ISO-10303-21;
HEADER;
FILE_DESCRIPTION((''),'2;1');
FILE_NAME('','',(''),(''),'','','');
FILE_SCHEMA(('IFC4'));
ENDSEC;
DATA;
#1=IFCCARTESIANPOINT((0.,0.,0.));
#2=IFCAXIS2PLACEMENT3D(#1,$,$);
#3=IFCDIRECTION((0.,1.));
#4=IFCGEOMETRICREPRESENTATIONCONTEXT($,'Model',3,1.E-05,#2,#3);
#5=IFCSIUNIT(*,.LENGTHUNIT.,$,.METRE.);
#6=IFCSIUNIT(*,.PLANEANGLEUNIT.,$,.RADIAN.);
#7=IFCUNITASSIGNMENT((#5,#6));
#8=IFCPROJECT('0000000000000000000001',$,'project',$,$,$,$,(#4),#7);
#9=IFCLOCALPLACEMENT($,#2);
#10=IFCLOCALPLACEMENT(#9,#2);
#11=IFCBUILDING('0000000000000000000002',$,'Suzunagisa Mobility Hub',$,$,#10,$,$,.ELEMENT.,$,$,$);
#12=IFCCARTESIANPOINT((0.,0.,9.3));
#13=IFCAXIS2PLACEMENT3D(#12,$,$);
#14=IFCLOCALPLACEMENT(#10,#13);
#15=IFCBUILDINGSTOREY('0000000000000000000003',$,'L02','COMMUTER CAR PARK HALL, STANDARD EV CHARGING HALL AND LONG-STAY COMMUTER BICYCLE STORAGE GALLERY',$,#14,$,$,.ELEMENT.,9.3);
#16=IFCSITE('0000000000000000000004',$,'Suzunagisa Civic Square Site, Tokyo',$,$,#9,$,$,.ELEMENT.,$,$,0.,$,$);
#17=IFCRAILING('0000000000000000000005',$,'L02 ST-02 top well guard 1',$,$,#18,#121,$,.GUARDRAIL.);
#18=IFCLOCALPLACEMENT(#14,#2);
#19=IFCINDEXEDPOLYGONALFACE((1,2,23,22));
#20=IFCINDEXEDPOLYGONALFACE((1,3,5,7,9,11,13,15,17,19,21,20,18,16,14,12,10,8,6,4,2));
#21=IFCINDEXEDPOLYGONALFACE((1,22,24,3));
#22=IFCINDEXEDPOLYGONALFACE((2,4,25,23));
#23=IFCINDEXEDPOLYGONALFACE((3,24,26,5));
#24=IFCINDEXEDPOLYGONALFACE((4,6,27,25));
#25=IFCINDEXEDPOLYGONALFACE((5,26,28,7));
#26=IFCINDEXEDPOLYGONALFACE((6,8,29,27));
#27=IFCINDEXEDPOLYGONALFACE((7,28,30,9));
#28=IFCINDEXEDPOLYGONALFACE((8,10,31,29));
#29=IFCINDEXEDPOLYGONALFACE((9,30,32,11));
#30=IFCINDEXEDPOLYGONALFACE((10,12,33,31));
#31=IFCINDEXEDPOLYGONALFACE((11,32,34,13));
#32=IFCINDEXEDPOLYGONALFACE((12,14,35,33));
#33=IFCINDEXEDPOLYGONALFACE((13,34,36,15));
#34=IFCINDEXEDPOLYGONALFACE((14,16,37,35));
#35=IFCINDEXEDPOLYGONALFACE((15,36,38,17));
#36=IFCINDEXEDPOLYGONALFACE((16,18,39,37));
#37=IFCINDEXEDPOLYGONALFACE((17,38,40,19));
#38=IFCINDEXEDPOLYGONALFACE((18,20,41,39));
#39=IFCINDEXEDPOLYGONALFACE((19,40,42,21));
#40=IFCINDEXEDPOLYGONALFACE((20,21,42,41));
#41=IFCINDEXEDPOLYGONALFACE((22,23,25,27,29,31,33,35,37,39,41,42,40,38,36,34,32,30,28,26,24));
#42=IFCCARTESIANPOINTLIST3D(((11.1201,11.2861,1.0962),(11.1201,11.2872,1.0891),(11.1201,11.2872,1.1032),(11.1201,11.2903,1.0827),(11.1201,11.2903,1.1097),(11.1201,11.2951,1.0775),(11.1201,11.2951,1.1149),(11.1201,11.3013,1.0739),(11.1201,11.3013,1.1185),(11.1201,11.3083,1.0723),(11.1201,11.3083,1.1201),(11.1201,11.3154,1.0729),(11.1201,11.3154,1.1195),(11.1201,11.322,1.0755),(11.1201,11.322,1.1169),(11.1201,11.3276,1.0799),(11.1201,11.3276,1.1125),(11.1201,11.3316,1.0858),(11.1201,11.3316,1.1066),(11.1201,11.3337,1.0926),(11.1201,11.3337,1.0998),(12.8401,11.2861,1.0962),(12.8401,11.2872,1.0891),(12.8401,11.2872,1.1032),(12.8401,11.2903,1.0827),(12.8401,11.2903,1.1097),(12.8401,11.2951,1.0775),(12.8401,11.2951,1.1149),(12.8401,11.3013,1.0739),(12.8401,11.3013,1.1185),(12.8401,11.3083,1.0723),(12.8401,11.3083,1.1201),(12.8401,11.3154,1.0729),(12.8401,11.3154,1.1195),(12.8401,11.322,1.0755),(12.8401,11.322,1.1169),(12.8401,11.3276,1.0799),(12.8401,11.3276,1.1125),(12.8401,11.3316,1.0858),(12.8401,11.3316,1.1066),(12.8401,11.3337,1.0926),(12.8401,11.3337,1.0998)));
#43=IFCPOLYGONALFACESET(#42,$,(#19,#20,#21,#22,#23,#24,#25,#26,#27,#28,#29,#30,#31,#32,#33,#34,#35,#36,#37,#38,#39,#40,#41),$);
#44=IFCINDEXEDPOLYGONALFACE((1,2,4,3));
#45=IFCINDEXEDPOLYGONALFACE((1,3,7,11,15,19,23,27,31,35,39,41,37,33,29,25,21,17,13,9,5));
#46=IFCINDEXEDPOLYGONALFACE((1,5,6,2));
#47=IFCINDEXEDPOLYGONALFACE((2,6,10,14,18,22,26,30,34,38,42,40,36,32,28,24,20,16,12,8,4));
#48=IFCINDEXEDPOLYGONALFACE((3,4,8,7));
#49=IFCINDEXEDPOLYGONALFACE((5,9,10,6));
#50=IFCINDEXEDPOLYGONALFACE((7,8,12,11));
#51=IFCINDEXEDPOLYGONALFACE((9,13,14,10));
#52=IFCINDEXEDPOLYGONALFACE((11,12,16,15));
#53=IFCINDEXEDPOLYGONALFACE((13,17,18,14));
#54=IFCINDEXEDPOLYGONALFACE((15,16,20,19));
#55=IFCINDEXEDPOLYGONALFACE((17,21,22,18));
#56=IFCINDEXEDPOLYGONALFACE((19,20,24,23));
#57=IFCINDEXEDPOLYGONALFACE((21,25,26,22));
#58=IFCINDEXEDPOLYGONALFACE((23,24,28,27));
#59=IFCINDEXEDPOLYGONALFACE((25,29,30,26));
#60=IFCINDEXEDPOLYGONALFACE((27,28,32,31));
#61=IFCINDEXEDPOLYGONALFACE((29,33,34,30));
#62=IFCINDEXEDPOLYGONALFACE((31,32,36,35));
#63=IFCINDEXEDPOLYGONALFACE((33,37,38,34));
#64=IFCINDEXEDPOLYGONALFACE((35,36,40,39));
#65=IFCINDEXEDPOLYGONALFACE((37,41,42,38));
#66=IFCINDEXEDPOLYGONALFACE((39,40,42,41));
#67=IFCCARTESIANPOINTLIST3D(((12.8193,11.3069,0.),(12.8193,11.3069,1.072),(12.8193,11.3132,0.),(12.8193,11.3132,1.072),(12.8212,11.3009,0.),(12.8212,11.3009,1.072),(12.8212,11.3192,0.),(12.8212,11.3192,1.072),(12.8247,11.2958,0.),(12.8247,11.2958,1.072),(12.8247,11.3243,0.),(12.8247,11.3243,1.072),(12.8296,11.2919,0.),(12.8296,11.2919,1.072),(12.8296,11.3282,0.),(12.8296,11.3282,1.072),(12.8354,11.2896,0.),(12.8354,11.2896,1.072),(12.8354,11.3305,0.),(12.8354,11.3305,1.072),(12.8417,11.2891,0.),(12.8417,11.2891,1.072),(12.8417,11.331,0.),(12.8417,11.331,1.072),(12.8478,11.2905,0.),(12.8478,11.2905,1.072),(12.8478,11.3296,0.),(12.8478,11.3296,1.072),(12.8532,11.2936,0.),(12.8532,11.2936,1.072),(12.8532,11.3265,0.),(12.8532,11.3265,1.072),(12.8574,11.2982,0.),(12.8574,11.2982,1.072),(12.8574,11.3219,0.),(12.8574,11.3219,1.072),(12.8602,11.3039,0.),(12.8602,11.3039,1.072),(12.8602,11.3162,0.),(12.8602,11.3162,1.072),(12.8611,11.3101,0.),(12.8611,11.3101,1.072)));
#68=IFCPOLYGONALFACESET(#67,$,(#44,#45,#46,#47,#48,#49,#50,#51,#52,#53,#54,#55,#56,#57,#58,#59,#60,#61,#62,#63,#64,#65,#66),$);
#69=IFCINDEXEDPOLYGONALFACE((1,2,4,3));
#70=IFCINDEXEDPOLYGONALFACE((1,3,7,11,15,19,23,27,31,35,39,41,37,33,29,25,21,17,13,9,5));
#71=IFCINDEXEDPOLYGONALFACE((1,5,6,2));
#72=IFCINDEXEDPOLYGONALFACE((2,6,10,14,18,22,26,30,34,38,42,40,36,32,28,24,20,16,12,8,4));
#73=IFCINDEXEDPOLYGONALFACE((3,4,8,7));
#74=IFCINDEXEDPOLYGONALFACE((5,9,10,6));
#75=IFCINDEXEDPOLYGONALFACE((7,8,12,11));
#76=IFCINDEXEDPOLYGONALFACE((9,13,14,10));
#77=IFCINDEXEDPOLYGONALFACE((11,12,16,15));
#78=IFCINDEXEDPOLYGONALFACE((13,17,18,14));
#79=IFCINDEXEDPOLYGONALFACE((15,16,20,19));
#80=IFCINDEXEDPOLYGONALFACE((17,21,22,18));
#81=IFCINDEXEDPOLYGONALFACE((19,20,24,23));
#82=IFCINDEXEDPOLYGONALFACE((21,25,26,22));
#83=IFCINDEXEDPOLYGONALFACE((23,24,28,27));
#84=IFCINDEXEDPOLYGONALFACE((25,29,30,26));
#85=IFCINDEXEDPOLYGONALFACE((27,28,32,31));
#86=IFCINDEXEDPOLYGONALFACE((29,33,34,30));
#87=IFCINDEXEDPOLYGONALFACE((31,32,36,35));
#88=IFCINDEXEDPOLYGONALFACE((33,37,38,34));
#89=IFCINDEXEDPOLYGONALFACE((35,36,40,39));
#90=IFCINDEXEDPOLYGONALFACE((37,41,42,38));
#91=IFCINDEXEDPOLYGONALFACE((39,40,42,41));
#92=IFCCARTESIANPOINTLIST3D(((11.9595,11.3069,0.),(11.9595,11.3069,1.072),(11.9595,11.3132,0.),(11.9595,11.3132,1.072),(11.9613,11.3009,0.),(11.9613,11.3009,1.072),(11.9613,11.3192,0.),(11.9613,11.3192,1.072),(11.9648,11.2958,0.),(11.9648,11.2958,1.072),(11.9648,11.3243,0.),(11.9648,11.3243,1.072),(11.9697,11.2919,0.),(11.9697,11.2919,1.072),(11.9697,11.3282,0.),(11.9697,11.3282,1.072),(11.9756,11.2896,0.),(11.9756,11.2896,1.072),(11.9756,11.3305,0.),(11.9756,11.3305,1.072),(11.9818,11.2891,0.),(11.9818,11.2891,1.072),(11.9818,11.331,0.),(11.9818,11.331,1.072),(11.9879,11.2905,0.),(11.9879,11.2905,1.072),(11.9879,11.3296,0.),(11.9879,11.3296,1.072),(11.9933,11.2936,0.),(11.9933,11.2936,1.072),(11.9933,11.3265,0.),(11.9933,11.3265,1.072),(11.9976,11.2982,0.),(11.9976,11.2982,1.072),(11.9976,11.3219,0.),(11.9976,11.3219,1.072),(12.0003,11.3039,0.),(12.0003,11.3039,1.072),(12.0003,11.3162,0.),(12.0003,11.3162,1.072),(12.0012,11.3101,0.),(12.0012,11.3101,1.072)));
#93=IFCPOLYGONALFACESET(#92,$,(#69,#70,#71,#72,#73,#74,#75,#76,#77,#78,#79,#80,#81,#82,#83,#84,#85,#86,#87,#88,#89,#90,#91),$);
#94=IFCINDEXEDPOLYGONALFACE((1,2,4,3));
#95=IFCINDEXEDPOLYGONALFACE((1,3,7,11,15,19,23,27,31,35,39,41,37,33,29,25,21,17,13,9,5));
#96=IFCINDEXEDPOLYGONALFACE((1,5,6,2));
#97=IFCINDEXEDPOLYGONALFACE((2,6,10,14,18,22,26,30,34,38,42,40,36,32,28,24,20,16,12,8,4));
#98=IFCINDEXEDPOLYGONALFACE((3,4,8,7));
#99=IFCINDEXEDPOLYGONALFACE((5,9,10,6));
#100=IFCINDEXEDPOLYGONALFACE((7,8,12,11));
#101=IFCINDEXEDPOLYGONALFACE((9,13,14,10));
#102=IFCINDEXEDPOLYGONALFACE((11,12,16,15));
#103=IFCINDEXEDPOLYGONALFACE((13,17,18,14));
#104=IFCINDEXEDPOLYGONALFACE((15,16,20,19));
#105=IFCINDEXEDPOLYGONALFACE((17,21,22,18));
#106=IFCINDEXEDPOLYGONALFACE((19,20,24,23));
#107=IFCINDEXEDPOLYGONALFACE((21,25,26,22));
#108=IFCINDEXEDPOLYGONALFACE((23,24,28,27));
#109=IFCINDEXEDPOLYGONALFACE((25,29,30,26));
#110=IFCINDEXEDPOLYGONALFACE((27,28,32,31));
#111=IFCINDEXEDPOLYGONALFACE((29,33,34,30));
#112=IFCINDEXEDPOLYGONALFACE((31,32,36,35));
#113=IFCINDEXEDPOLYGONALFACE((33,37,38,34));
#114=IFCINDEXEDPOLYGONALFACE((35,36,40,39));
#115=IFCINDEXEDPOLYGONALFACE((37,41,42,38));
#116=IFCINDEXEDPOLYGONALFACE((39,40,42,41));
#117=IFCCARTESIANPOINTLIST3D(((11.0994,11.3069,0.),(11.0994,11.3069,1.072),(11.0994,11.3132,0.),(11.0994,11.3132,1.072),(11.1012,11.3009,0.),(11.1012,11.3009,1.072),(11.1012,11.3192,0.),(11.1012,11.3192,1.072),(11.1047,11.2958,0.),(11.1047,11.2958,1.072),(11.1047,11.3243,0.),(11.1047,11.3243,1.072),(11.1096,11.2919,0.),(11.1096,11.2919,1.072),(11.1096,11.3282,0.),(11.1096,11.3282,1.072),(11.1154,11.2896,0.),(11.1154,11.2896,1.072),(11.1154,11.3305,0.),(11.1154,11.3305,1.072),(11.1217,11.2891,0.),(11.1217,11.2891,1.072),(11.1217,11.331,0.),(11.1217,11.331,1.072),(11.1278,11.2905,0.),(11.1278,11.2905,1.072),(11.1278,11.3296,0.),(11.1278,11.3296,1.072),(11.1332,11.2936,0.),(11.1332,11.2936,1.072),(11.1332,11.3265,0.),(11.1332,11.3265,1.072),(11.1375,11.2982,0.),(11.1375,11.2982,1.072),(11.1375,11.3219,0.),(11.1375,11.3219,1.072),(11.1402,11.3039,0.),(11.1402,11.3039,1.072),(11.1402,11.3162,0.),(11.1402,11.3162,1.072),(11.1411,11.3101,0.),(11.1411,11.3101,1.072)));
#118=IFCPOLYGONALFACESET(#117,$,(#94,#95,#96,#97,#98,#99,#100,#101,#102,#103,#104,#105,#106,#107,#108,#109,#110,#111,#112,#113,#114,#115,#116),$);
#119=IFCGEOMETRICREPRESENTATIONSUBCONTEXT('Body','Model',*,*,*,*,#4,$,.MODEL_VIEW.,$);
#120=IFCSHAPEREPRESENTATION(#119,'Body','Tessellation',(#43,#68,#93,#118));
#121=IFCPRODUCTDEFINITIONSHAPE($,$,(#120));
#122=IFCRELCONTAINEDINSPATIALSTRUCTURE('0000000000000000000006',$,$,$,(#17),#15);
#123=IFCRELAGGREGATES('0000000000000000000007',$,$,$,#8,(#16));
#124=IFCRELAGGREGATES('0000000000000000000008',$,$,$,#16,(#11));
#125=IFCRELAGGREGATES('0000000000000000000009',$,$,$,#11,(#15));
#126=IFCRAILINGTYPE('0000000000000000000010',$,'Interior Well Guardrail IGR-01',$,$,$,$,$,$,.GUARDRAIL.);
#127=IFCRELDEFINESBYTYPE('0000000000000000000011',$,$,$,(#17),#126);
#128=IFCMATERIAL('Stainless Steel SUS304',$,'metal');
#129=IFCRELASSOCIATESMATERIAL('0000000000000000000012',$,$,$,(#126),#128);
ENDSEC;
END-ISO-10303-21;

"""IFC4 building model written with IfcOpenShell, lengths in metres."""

from ifc_helpers import new_model, si_unit, direction, frame, origin, origin_2d, place, context, subcontext, project, spatial, circle, extrude, material, type_object, element, save


model = new_model("IFC4")

# Units and contexts
model_context = context("Model", 3, precision=1e-05, world=origin(), true_north=direction((0.0, 1.0)))
body_context = subcontext(model_context, "Body", "Model", "MODEL_VIEW")
ifc_project = project(units=[si_unit("LENGTHUNIT", "METRE"), si_unit("PLANEANGLEUNIT", "RADIAN")], contexts=[model_context])

# Site, building, storey
site_placement = place(None, origin())
site = spatial("IfcSite", under=ifc_project, at=site_placement, Name="Suzunagisa Civic Square Site, Tokyo", CompositionType="ELEMENT", RefElevation=0.0)
building_placement = place(site_placement, origin())
building = spatial("IfcBuilding", under=site, at=building_placement, Name="Suzunagisa Mobility Hub", CompositionType="ELEMENT")
storey_placement = place(building_placement, frame((0.0, 0.0, 9.3)))
storey = spatial("IfcBuildingStorey", under=building, at=storey_placement, Name="L02", Description="COMMUTER CAR PARK HALL, STANDARD EV CHARGING HALL AND LONG-STAY COMMUTER BICYCLE STORAGE GALLERY", CompositionType="ELEMENT", Elevation=9.3)

# Railing
ifc_material_1 = material(Name="Stainless Steel SUS304", Category="metal")
railing_type = type_object("IfcRailingType", Name="Interior Well Guardrail IGR-01", PredefinedType="GUARDRAIL", material=ifc_material_1)
railing_placement = place(storey_placement, frame((12.8401, 11.3101, 0.0)))
element("IfcRailing", 1, at=railing_placement, inside=storey, type_object=railing_type, Name="L02 ST-02 top well guard 1", PredefinedType="GUARDRAIL", context=body_context, shape_type="SweptSolid", body=[
    extrude(circle(Radius=0.0239, at=origin_2d()), frame((0.0, 0.0, 1.0962), z_axis=(-1.0, 0.0, 0.0), x_axis=(0.0, -1.0, 0.0)), (0.0, 0.0, 1.0), 1.72),
    extrude(circle(Radius=0.021, at=origin_2d()), origin(), (0.0, 0.0, 1.0), 1.072),
    extrude(circle(Radius=0.021, at=origin_2d()), frame((-0.8599, 0.0, 0.0)), (0.0, 0.0, 1.0), 1.072),
    extrude(circle(Radius=0.021, at=origin_2d()), frame((-1.72, 0.0, 0.0)), (0.0, 0.0, 1.0), 1.072),
])

save(model, "model.ifc")
